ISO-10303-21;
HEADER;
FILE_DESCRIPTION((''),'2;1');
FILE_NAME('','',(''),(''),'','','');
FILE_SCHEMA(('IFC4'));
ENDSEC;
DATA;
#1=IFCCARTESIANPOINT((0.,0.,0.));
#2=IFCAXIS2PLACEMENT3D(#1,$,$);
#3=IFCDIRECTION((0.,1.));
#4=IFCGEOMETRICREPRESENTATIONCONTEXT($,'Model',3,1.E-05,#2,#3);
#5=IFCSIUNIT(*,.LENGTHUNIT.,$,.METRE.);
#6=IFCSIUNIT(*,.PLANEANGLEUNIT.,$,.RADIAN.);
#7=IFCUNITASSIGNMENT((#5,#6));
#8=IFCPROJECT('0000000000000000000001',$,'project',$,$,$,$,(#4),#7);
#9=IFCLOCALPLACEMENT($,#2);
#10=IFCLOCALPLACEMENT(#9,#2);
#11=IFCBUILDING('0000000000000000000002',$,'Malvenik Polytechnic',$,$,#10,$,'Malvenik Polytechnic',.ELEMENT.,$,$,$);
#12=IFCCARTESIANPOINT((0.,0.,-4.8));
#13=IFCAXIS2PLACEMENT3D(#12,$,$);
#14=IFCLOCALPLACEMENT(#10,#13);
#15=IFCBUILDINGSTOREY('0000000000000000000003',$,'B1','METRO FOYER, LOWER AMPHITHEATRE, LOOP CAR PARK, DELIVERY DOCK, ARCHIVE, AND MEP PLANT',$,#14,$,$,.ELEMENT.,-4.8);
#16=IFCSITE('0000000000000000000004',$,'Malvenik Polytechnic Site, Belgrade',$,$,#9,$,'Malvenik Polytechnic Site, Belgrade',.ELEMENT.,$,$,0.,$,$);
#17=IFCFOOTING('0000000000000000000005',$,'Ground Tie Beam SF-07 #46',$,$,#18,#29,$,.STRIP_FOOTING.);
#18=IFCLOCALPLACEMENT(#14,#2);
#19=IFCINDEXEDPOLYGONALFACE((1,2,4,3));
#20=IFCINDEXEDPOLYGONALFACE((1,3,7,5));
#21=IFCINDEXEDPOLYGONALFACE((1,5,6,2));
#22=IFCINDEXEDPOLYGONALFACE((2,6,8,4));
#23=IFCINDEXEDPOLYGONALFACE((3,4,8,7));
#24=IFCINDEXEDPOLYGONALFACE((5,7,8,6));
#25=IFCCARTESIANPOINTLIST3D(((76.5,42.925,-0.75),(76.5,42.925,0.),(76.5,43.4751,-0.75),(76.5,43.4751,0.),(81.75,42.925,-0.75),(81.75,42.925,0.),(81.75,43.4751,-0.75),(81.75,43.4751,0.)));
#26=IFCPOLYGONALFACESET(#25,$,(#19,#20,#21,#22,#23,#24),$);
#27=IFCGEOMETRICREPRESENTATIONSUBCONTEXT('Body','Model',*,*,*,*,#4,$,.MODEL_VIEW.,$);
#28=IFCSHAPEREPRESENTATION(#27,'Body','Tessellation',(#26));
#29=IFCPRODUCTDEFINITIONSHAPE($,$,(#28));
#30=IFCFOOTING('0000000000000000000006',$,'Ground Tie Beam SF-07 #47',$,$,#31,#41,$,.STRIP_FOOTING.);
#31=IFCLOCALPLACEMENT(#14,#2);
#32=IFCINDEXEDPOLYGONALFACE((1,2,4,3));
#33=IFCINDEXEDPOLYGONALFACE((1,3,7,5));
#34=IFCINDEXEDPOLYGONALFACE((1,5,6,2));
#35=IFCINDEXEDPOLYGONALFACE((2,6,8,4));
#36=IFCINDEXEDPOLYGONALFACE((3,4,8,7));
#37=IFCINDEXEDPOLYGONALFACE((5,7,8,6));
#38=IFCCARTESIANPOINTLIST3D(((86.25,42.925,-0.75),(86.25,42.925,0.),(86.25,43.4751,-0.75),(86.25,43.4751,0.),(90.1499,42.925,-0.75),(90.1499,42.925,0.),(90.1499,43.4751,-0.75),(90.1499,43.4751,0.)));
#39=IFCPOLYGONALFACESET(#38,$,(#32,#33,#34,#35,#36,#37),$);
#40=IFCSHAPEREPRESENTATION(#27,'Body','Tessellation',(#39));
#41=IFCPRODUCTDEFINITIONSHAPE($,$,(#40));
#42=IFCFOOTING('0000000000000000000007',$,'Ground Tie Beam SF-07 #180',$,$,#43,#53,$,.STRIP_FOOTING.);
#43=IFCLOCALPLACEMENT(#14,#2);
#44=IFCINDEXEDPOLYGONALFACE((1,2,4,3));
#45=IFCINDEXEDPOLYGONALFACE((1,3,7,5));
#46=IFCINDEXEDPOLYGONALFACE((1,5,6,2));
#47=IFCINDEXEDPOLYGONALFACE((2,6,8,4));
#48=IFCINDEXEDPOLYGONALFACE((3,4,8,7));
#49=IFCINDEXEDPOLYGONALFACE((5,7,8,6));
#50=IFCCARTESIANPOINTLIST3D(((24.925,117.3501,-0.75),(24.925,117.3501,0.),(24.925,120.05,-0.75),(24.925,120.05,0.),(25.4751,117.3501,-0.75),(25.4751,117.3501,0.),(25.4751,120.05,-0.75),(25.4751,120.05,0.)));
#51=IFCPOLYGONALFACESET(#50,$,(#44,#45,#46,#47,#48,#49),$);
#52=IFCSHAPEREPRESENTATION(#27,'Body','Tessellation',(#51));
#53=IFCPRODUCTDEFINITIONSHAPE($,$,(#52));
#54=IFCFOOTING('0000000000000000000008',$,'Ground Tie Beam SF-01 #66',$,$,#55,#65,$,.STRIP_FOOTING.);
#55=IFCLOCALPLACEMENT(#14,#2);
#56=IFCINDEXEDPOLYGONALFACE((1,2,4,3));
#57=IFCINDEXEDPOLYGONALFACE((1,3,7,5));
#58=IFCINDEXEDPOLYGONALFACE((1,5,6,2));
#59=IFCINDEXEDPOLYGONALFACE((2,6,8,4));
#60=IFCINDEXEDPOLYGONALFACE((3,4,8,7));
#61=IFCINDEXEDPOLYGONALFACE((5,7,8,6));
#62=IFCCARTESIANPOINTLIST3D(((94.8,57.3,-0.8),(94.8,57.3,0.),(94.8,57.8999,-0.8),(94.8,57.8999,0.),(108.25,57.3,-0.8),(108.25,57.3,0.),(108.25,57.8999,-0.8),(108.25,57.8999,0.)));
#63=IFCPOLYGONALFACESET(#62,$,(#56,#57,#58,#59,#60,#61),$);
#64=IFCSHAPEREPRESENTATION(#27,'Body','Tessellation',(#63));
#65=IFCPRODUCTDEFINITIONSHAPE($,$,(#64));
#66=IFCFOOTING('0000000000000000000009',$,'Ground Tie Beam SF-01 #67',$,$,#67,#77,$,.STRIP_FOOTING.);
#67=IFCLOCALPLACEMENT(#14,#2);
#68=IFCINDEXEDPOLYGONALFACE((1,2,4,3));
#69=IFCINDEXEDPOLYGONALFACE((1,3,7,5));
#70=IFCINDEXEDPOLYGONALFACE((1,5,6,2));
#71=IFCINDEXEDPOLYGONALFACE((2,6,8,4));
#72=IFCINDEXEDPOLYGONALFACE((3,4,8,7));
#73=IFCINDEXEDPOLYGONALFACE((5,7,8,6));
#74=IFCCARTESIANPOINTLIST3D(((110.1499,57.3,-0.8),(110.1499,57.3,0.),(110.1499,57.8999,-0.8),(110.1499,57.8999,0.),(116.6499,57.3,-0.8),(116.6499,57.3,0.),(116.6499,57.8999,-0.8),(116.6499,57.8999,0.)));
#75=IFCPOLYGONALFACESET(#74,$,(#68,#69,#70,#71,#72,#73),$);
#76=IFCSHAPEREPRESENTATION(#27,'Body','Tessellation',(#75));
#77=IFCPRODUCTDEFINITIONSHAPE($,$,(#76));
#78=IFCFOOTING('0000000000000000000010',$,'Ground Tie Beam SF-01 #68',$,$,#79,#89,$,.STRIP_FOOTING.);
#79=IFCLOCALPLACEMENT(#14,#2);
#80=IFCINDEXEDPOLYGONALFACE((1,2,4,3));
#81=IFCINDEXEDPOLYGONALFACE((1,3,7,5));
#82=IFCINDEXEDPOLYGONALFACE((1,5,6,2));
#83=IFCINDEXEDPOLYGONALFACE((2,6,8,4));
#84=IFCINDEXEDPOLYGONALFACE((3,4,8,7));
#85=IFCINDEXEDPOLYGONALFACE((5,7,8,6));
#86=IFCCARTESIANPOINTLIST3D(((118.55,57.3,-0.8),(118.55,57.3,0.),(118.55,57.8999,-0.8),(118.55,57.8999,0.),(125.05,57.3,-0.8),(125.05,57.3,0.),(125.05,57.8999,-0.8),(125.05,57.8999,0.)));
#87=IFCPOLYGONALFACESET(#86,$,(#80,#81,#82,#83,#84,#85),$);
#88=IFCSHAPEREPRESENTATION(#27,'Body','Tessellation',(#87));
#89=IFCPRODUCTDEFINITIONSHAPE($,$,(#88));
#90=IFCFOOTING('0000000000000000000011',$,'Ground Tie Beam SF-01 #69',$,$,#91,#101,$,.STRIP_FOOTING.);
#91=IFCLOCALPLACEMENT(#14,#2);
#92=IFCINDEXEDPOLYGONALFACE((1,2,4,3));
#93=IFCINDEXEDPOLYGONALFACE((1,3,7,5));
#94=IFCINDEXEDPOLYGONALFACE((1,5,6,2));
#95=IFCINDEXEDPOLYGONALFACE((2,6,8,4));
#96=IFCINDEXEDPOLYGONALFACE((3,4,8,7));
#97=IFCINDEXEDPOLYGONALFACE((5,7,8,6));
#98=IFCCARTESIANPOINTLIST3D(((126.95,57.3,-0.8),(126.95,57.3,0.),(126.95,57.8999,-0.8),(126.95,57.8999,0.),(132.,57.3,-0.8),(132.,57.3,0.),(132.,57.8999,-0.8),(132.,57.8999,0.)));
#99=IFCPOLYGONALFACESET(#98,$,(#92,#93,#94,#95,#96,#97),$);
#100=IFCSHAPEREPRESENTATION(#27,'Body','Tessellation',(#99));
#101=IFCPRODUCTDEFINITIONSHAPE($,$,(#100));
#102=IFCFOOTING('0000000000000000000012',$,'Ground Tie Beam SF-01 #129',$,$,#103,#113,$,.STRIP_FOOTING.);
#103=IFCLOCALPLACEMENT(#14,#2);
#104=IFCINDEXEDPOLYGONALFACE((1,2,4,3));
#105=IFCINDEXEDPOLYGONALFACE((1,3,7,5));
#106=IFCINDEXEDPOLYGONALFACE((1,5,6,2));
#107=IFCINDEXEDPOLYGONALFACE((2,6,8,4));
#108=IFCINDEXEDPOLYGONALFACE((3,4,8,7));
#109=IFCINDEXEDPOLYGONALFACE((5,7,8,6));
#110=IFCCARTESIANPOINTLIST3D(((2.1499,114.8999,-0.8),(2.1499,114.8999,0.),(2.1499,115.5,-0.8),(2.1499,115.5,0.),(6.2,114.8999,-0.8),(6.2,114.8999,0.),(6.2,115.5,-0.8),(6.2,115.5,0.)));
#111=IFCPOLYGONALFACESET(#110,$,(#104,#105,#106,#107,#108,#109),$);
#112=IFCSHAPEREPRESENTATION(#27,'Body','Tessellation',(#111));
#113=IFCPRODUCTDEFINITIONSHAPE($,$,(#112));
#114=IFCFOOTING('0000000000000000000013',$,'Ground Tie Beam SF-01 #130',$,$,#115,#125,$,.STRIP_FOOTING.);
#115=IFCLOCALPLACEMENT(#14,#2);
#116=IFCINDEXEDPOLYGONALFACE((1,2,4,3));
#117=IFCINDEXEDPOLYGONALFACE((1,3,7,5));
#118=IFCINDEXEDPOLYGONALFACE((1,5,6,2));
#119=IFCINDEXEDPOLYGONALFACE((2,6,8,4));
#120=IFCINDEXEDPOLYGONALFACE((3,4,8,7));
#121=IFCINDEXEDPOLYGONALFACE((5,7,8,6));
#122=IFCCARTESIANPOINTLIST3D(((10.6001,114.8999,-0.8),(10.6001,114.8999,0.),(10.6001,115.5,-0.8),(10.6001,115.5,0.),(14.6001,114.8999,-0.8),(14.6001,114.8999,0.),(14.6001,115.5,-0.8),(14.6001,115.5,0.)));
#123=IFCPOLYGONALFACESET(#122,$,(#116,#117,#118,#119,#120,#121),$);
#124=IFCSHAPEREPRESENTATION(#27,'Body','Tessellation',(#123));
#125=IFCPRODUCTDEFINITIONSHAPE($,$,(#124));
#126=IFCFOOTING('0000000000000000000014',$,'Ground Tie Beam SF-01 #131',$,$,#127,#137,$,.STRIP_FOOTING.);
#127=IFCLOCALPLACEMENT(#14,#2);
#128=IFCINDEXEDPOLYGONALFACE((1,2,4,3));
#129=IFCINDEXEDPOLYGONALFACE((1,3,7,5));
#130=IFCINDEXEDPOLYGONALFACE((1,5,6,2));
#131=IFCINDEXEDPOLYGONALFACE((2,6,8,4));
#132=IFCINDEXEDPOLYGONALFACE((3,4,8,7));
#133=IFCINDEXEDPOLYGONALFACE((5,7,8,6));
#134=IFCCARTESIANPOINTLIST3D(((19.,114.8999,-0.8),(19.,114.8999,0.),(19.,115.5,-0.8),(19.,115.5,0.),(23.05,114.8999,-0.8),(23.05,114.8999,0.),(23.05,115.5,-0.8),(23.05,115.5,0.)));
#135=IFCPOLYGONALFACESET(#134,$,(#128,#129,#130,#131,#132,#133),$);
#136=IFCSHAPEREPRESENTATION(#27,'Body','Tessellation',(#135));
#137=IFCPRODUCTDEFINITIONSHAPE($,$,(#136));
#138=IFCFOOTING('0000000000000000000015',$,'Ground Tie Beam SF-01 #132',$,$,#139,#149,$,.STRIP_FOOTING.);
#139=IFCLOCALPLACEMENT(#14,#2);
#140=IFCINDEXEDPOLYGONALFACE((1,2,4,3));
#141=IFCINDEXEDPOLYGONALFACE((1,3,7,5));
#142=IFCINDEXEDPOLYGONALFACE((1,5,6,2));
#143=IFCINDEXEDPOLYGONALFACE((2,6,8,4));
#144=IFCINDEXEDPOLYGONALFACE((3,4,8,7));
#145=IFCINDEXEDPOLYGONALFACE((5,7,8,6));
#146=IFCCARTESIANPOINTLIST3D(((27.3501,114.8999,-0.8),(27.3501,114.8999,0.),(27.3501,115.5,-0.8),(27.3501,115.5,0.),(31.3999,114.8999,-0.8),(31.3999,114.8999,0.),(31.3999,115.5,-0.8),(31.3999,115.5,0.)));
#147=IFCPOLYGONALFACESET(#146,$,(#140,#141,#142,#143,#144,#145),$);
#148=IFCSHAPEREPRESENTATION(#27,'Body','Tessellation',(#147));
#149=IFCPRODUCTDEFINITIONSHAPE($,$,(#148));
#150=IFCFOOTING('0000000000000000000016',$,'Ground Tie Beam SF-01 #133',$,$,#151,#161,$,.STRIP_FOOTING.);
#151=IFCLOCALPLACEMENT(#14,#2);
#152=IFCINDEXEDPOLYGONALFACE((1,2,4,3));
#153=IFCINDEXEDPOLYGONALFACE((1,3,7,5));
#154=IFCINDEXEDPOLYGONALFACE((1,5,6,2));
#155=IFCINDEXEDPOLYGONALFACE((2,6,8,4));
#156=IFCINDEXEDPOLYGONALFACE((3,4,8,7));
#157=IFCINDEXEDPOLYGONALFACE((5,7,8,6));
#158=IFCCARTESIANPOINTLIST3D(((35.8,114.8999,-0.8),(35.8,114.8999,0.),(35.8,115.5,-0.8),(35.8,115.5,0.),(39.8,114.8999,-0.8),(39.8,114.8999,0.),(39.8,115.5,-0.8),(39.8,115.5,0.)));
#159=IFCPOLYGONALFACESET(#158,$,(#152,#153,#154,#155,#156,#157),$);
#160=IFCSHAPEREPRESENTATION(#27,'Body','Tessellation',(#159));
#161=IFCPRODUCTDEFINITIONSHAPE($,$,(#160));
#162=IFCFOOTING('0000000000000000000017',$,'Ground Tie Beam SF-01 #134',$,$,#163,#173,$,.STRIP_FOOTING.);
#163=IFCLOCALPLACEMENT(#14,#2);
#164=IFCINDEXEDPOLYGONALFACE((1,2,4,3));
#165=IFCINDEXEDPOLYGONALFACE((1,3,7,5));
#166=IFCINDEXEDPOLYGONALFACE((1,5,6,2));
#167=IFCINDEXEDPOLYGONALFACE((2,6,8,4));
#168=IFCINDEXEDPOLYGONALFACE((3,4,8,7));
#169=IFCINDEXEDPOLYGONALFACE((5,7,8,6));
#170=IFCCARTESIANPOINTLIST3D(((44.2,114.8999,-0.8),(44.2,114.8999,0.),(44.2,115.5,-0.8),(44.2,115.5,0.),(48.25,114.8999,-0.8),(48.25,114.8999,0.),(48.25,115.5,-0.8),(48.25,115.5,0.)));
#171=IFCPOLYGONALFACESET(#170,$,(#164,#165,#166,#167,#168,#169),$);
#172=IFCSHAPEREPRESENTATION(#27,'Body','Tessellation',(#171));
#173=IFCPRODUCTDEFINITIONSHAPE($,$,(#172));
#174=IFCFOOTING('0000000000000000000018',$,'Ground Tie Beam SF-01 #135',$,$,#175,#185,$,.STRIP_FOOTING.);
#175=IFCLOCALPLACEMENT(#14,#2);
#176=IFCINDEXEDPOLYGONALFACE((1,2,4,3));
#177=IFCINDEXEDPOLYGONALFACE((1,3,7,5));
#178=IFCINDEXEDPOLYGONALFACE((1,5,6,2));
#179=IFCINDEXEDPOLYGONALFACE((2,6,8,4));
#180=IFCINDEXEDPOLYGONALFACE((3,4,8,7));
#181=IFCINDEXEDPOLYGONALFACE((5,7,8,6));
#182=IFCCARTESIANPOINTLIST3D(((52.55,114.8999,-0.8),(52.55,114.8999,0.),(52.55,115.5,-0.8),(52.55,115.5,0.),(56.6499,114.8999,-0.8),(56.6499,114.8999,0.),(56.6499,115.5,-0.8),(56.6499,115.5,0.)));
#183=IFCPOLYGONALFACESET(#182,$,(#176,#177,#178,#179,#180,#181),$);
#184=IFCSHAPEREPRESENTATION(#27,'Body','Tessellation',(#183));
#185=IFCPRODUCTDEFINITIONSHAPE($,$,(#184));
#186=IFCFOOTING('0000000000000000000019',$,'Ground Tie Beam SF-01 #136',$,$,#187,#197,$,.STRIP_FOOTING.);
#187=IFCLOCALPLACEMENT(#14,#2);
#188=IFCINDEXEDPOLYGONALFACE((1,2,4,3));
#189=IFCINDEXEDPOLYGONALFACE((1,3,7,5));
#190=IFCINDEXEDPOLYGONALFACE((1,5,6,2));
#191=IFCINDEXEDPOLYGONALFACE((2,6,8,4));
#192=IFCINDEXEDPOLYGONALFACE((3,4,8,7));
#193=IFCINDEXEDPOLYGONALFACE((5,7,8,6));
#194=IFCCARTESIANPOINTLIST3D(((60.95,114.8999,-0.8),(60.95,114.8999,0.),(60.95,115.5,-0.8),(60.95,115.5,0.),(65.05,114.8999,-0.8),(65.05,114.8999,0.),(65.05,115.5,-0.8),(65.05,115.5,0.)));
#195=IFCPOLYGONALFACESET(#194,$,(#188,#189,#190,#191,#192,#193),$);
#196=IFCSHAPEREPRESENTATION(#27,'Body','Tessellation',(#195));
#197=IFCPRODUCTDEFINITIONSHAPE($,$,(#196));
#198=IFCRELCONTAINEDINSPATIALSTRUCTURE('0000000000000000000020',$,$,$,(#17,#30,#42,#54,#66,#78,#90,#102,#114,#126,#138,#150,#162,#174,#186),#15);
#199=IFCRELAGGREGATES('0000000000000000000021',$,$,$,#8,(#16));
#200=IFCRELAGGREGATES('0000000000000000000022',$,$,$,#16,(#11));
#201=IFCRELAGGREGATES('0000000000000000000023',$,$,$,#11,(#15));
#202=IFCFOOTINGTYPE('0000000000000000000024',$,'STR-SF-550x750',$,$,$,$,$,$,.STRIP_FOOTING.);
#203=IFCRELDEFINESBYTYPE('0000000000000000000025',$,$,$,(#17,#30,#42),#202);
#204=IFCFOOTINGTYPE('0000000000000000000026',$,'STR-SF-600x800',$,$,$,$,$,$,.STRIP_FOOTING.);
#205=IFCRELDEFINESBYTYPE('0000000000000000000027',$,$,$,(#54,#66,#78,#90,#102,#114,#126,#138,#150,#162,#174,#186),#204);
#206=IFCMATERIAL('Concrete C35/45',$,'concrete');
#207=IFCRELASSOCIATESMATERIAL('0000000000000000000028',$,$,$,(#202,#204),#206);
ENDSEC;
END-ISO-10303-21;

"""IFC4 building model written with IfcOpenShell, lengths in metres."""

from ifc_helpers import new_model, si_unit, direction, frame, origin, place, context, subcontext, project, spatial, polyline, outline, extrude, material, type_object, element, save


model = new_model("IFC4")

# Units and contexts
model_context = context("Model", 3, precision=1e-05, world=origin(), true_north=direction((0.0, 1.0)))
body_context = subcontext(model_context, "Body", "Model", "MODEL_VIEW")
ifc_project = project(units=[si_unit("LENGTHUNIT", "METRE"), si_unit("PLANEANGLEUNIT", "RADIAN")], contexts=[model_context])

# Site, building, storey
site_placement = place(None, origin())
site = spatial("IfcSite", under=ifc_project, at=site_placement, Name="Malvenik Polytechnic Site, Belgrade", LongName="Malvenik Polytechnic Site, Belgrade", CompositionType="ELEMENT", RefElevation=0.0)
building_placement = place(site_placement, origin())
building = spatial("IfcBuilding", under=site, at=building_placement, Name="Malvenik Polytechnic", LongName="Malvenik Polytechnic", CompositionType="ELEMENT")
storey_placement = place(building_placement, frame((0.0, 0.0, -4.8)))
storey = spatial("IfcBuildingStorey", under=building, at=storey_placement, Name="B1", Description="METRO FOYER, LOWER AMPHITHEATRE, LOOP CAR PARK, DELIVERY DOCK, ARCHIVE, AND MEP PLANT", CompositionType="ELEMENT", Elevation=-4.8)

# Footings
ifc_material = material(Name="Concrete C35/45", Category="concrete")
footing_type_1 = type_object("IfcFootingType", Name="STR-SF-550x750", PredefinedType="STRIP_FOOTING", material=ifc_material)
footing_1_placement = place(storey_placement, frame((0.0, 0.0, -0.75)))
element("IfcFooting", 1, at=footing_1_placement, inside=storey, type_object=footing_type_1, Name="Ground Tie Beam SF-07 #46", PredefinedType="STRIP_FOOTING", context=body_context, shape_type="SweptSolid", body=[
    extrude(outline(polyline([(76.5, 42.925), (81.75, 42.925), (81.75, 43.4751), (76.5, 43.4751), (76.5, 42.925)])), origin(), (0.0, 0.0, 1.0), 0.75),
])
footing_2_placement = place(storey_placement, frame((0.0, 0.0, -0.75)))
element("IfcFooting", 2, at=footing_2_placement, inside=storey, type_object=footing_type_1, Name="Ground Tie Beam SF-07 #47", PredefinedType="STRIP_FOOTING", context=body_context, shape_type="SweptSolid", body=[
    extrude(outline(polyline([(86.25, 42.925), (90.1499, 42.925), (90.1499, 43.4751), (86.25, 43.4751), (86.25, 42.925)])), origin(), (0.0, 0.0, 1.0), 0.75),
])
footing_3_placement = place(storey_placement, frame((0.0, 0.0, -0.75)))
element("IfcFooting", 3, at=footing_3_placement, inside=storey, type_object=footing_type_1, Name="Ground Tie Beam SF-07 #180", PredefinedType="STRIP_FOOTING", context=body_context, shape_type="SweptSolid", body=[
    extrude(outline(polyline([(24.925, 117.3501), (25.4751, 117.3501), (25.4751, 120.05), (24.925, 120.05), (24.925, 117.3501)])), origin(), (0.0, 0.0, 1.0), 0.75),
])
footing_type_2 = type_object("IfcFootingType", Name="STR-SF-600x800", PredefinedType="STRIP_FOOTING", material=ifc_material)
footing_4_placement = place(storey_placement, frame((0.0, 0.0, -0.8)))
element("IfcFooting", 4, at=footing_4_placement, inside=storey, type_object=footing_type_2, Name="Ground Tie Beam SF-01 #66", PredefinedType="STRIP_FOOTING", context=body_context, shape_type="SweptSolid", body=[
    extrude(outline(polyline([(94.8, 57.3), (108.25, 57.3), (108.25, 57.8999), (94.8, 57.8999), (94.8, 57.3)])), origin(), (0.0, 0.0, 1.0), 0.8),
])
footing_5_placement = place(storey_placement, frame((0.0, 0.0, -0.8)))
element("IfcFooting", 5, at=footing_5_placement, inside=storey, type_object=footing_type_2, Name="Ground Tie Beam SF-01 #67", PredefinedType="STRIP_FOOTING", context=body_context, shape_type="SweptSolid", body=[
    extrude(outline(polyline([(110.1499, 57.3), (116.6499, 57.3), (116.6499, 57.8999), (110.1499, 57.8999), (110.1499, 57.3)])), origin(), (0.0, 0.0, 1.0), 0.8),
])
footing_6_placement = place(storey_placement, frame((0.0, 0.0, -0.8)))
element("IfcFooting", 6, at=footing_6_placement, inside=storey, type_object=footing_type_2, Name="Ground Tie Beam SF-01 #68", PredefinedType="STRIP_FOOTING", context=body_context, shape_type="SweptSolid", body=[
    extrude(outline(polyline([(118.55, 57.3), (125.05, 57.3), (125.05, 57.8999), (118.55, 57.8999), (118.55, 57.3)])), origin(), (0.0, 0.0, 1.0), 0.8),
])
footing_7_placement = place(storey_placement, frame((0.0, 0.0, -0.8)))
element("IfcFooting", 7, at=footing_7_placement, inside=storey, type_object=footing_type_2, Name="Ground Tie Beam SF-01 #69", PredefinedType="STRIP_FOOTING", context=body_context, shape_type="SweptSolid", body=[
    extrude(outline(polyline([(126.95, 57.3), (132.0, 57.3), (132.0, 57.8999), (126.95, 57.8999), (126.95, 57.3)])), origin(), (0.0, 0.0, 1.0), 0.8),
])
footing_8_placement = place(storey_placement, frame((0.0, 0.0, -0.8)))
element("IfcFooting", 8, at=footing_8_placement, inside=storey, type_object=footing_type_2, Name="Ground Tie Beam SF-01 #129", PredefinedType="STRIP_FOOTING", context=body_context, shape_type="SweptSolid", body=[
    extrude(outline(polyline([(2.1499, 114.8999), (6.2, 114.8999), (6.2, 115.5), (2.1499, 115.5), (2.1499, 114.8999)])), origin(), (0.0, 0.0, 1.0), 0.8),
])
footing_9_placement = place(storey_placement, frame((0.0, 0.0, -0.8)))
element("IfcFooting", 9, at=footing_9_placement, inside=storey, type_object=footing_type_2, Name="Ground Tie Beam SF-01 #130", PredefinedType="STRIP_FOOTING", context=body_context, shape_type="SweptSolid", body=[
    extrude(outline(polyline([(10.6001, 114.8999), (14.6001, 114.8999), (14.6001, 115.5), (10.6001, 115.5), (10.6001, 114.8999)])), origin(), (0.0, 0.0, 1.0), 0.8),
])
footing_10_placement = place(storey_placement, frame((0.0, 0.0, -0.8)))
element("IfcFooting", 10, at=footing_10_placement, inside=storey, type_object=footing_type_2, Name="Ground Tie Beam SF-01 #131", PredefinedType="STRIP_FOOTING", context=body_context, shape_type="SweptSolid", body=[
    extrude(outline(polyline([(19.0, 114.8999), (23.05, 114.8999), (23.05, 115.5), (19.0, 115.5), (19.0, 114.8999)])), origin(), (0.0, 0.0, 1.0), 0.8),
])
footing_11_placement = place(storey_placement, frame((0.0, 0.0, -0.8)))
element("IfcFooting", 11, at=footing_11_placement, inside=storey, type_object=footing_type_2, Name="Ground Tie Beam SF-01 #132", PredefinedType="STRIP_FOOTING", context=body_context, shape_type="SweptSolid", body=[
    extrude(outline(polyline([(27.3501, 114.8999), (31.3999, 114.8999), (31.3999, 115.5), (27.3501, 115.5), (27.3501, 114.8999)])), origin(), (0.0, 0.0, 1.0), 0.8),
])
footing_12_placement = place(storey_placement, frame((0.0, 0.0, -0.8)))
element("IfcFooting", 12, at=footing_12_placement, inside=storey, type_object=footing_type_2, Name="Ground Tie Beam SF-01 #133", PredefinedType="STRIP_FOOTING", context=body_context, shape_type="SweptSolid", body=[
    extrude(outline(polyline([(35.8, 114.8999), (39.8, 114.8999), (39.8, 115.5), (35.8, 115.5), (35.8, 114.8999)])), origin(), (0.0, 0.0, 1.0), 0.8),
])
footing_13_placement = place(storey_placement, frame((0.0, 0.0, -0.8)))
element("IfcFooting", 13, at=footing_13_placement, inside=storey, type_object=footing_type_2, Name="Ground Tie Beam SF-01 #134", PredefinedType="STRIP_FOOTING", context=body_context, shape_type="SweptSolid", body=[
    extrude(outline(polyline([(44.2, 114.8999), (48.25, 114.8999), (48.25, 115.5), (44.2, 115.5), (44.2, 114.8999)])), origin(), (0.0, 0.0, 1.0), 0.8),
])
footing_14_placement = place(storey_placement, frame((0.0, 0.0, -0.8)))
element("IfcFooting", 14, at=footing_14_placement, inside=storey, type_object=footing_type_2, Name="Ground Tie Beam SF-01 #135", PredefinedType="STRIP_FOOTING", context=body_context, shape_type="SweptSolid", body=[
    extrude(outline(polyline([(52.55, 114.8999), (56.6499, 114.8999), (56.6499, 115.5), (52.55, 115.5), (52.55, 114.8999)])), origin(), (0.0, 0.0, 1.0), 0.8),
])
footing_15_placement = place(storey_placement, frame((0.0, 0.0, -0.8)))
element("IfcFooting", 15, at=footing_15_placement, inside=storey, type_object=footing_type_2, Name="Ground Tie Beam SF-01 #136", PredefinedType="STRIP_FOOTING", context=body_context, shape_type="SweptSolid", body=[
    extrude(outline(polyline([(60.95, 114.8999), (65.05, 114.8999), (65.05, 115.5), (60.95, 115.5), (60.95, 114.8999)])), origin(), (0.0, 0.0, 1.0), 0.8),
])

save(model, "model.ifc")
